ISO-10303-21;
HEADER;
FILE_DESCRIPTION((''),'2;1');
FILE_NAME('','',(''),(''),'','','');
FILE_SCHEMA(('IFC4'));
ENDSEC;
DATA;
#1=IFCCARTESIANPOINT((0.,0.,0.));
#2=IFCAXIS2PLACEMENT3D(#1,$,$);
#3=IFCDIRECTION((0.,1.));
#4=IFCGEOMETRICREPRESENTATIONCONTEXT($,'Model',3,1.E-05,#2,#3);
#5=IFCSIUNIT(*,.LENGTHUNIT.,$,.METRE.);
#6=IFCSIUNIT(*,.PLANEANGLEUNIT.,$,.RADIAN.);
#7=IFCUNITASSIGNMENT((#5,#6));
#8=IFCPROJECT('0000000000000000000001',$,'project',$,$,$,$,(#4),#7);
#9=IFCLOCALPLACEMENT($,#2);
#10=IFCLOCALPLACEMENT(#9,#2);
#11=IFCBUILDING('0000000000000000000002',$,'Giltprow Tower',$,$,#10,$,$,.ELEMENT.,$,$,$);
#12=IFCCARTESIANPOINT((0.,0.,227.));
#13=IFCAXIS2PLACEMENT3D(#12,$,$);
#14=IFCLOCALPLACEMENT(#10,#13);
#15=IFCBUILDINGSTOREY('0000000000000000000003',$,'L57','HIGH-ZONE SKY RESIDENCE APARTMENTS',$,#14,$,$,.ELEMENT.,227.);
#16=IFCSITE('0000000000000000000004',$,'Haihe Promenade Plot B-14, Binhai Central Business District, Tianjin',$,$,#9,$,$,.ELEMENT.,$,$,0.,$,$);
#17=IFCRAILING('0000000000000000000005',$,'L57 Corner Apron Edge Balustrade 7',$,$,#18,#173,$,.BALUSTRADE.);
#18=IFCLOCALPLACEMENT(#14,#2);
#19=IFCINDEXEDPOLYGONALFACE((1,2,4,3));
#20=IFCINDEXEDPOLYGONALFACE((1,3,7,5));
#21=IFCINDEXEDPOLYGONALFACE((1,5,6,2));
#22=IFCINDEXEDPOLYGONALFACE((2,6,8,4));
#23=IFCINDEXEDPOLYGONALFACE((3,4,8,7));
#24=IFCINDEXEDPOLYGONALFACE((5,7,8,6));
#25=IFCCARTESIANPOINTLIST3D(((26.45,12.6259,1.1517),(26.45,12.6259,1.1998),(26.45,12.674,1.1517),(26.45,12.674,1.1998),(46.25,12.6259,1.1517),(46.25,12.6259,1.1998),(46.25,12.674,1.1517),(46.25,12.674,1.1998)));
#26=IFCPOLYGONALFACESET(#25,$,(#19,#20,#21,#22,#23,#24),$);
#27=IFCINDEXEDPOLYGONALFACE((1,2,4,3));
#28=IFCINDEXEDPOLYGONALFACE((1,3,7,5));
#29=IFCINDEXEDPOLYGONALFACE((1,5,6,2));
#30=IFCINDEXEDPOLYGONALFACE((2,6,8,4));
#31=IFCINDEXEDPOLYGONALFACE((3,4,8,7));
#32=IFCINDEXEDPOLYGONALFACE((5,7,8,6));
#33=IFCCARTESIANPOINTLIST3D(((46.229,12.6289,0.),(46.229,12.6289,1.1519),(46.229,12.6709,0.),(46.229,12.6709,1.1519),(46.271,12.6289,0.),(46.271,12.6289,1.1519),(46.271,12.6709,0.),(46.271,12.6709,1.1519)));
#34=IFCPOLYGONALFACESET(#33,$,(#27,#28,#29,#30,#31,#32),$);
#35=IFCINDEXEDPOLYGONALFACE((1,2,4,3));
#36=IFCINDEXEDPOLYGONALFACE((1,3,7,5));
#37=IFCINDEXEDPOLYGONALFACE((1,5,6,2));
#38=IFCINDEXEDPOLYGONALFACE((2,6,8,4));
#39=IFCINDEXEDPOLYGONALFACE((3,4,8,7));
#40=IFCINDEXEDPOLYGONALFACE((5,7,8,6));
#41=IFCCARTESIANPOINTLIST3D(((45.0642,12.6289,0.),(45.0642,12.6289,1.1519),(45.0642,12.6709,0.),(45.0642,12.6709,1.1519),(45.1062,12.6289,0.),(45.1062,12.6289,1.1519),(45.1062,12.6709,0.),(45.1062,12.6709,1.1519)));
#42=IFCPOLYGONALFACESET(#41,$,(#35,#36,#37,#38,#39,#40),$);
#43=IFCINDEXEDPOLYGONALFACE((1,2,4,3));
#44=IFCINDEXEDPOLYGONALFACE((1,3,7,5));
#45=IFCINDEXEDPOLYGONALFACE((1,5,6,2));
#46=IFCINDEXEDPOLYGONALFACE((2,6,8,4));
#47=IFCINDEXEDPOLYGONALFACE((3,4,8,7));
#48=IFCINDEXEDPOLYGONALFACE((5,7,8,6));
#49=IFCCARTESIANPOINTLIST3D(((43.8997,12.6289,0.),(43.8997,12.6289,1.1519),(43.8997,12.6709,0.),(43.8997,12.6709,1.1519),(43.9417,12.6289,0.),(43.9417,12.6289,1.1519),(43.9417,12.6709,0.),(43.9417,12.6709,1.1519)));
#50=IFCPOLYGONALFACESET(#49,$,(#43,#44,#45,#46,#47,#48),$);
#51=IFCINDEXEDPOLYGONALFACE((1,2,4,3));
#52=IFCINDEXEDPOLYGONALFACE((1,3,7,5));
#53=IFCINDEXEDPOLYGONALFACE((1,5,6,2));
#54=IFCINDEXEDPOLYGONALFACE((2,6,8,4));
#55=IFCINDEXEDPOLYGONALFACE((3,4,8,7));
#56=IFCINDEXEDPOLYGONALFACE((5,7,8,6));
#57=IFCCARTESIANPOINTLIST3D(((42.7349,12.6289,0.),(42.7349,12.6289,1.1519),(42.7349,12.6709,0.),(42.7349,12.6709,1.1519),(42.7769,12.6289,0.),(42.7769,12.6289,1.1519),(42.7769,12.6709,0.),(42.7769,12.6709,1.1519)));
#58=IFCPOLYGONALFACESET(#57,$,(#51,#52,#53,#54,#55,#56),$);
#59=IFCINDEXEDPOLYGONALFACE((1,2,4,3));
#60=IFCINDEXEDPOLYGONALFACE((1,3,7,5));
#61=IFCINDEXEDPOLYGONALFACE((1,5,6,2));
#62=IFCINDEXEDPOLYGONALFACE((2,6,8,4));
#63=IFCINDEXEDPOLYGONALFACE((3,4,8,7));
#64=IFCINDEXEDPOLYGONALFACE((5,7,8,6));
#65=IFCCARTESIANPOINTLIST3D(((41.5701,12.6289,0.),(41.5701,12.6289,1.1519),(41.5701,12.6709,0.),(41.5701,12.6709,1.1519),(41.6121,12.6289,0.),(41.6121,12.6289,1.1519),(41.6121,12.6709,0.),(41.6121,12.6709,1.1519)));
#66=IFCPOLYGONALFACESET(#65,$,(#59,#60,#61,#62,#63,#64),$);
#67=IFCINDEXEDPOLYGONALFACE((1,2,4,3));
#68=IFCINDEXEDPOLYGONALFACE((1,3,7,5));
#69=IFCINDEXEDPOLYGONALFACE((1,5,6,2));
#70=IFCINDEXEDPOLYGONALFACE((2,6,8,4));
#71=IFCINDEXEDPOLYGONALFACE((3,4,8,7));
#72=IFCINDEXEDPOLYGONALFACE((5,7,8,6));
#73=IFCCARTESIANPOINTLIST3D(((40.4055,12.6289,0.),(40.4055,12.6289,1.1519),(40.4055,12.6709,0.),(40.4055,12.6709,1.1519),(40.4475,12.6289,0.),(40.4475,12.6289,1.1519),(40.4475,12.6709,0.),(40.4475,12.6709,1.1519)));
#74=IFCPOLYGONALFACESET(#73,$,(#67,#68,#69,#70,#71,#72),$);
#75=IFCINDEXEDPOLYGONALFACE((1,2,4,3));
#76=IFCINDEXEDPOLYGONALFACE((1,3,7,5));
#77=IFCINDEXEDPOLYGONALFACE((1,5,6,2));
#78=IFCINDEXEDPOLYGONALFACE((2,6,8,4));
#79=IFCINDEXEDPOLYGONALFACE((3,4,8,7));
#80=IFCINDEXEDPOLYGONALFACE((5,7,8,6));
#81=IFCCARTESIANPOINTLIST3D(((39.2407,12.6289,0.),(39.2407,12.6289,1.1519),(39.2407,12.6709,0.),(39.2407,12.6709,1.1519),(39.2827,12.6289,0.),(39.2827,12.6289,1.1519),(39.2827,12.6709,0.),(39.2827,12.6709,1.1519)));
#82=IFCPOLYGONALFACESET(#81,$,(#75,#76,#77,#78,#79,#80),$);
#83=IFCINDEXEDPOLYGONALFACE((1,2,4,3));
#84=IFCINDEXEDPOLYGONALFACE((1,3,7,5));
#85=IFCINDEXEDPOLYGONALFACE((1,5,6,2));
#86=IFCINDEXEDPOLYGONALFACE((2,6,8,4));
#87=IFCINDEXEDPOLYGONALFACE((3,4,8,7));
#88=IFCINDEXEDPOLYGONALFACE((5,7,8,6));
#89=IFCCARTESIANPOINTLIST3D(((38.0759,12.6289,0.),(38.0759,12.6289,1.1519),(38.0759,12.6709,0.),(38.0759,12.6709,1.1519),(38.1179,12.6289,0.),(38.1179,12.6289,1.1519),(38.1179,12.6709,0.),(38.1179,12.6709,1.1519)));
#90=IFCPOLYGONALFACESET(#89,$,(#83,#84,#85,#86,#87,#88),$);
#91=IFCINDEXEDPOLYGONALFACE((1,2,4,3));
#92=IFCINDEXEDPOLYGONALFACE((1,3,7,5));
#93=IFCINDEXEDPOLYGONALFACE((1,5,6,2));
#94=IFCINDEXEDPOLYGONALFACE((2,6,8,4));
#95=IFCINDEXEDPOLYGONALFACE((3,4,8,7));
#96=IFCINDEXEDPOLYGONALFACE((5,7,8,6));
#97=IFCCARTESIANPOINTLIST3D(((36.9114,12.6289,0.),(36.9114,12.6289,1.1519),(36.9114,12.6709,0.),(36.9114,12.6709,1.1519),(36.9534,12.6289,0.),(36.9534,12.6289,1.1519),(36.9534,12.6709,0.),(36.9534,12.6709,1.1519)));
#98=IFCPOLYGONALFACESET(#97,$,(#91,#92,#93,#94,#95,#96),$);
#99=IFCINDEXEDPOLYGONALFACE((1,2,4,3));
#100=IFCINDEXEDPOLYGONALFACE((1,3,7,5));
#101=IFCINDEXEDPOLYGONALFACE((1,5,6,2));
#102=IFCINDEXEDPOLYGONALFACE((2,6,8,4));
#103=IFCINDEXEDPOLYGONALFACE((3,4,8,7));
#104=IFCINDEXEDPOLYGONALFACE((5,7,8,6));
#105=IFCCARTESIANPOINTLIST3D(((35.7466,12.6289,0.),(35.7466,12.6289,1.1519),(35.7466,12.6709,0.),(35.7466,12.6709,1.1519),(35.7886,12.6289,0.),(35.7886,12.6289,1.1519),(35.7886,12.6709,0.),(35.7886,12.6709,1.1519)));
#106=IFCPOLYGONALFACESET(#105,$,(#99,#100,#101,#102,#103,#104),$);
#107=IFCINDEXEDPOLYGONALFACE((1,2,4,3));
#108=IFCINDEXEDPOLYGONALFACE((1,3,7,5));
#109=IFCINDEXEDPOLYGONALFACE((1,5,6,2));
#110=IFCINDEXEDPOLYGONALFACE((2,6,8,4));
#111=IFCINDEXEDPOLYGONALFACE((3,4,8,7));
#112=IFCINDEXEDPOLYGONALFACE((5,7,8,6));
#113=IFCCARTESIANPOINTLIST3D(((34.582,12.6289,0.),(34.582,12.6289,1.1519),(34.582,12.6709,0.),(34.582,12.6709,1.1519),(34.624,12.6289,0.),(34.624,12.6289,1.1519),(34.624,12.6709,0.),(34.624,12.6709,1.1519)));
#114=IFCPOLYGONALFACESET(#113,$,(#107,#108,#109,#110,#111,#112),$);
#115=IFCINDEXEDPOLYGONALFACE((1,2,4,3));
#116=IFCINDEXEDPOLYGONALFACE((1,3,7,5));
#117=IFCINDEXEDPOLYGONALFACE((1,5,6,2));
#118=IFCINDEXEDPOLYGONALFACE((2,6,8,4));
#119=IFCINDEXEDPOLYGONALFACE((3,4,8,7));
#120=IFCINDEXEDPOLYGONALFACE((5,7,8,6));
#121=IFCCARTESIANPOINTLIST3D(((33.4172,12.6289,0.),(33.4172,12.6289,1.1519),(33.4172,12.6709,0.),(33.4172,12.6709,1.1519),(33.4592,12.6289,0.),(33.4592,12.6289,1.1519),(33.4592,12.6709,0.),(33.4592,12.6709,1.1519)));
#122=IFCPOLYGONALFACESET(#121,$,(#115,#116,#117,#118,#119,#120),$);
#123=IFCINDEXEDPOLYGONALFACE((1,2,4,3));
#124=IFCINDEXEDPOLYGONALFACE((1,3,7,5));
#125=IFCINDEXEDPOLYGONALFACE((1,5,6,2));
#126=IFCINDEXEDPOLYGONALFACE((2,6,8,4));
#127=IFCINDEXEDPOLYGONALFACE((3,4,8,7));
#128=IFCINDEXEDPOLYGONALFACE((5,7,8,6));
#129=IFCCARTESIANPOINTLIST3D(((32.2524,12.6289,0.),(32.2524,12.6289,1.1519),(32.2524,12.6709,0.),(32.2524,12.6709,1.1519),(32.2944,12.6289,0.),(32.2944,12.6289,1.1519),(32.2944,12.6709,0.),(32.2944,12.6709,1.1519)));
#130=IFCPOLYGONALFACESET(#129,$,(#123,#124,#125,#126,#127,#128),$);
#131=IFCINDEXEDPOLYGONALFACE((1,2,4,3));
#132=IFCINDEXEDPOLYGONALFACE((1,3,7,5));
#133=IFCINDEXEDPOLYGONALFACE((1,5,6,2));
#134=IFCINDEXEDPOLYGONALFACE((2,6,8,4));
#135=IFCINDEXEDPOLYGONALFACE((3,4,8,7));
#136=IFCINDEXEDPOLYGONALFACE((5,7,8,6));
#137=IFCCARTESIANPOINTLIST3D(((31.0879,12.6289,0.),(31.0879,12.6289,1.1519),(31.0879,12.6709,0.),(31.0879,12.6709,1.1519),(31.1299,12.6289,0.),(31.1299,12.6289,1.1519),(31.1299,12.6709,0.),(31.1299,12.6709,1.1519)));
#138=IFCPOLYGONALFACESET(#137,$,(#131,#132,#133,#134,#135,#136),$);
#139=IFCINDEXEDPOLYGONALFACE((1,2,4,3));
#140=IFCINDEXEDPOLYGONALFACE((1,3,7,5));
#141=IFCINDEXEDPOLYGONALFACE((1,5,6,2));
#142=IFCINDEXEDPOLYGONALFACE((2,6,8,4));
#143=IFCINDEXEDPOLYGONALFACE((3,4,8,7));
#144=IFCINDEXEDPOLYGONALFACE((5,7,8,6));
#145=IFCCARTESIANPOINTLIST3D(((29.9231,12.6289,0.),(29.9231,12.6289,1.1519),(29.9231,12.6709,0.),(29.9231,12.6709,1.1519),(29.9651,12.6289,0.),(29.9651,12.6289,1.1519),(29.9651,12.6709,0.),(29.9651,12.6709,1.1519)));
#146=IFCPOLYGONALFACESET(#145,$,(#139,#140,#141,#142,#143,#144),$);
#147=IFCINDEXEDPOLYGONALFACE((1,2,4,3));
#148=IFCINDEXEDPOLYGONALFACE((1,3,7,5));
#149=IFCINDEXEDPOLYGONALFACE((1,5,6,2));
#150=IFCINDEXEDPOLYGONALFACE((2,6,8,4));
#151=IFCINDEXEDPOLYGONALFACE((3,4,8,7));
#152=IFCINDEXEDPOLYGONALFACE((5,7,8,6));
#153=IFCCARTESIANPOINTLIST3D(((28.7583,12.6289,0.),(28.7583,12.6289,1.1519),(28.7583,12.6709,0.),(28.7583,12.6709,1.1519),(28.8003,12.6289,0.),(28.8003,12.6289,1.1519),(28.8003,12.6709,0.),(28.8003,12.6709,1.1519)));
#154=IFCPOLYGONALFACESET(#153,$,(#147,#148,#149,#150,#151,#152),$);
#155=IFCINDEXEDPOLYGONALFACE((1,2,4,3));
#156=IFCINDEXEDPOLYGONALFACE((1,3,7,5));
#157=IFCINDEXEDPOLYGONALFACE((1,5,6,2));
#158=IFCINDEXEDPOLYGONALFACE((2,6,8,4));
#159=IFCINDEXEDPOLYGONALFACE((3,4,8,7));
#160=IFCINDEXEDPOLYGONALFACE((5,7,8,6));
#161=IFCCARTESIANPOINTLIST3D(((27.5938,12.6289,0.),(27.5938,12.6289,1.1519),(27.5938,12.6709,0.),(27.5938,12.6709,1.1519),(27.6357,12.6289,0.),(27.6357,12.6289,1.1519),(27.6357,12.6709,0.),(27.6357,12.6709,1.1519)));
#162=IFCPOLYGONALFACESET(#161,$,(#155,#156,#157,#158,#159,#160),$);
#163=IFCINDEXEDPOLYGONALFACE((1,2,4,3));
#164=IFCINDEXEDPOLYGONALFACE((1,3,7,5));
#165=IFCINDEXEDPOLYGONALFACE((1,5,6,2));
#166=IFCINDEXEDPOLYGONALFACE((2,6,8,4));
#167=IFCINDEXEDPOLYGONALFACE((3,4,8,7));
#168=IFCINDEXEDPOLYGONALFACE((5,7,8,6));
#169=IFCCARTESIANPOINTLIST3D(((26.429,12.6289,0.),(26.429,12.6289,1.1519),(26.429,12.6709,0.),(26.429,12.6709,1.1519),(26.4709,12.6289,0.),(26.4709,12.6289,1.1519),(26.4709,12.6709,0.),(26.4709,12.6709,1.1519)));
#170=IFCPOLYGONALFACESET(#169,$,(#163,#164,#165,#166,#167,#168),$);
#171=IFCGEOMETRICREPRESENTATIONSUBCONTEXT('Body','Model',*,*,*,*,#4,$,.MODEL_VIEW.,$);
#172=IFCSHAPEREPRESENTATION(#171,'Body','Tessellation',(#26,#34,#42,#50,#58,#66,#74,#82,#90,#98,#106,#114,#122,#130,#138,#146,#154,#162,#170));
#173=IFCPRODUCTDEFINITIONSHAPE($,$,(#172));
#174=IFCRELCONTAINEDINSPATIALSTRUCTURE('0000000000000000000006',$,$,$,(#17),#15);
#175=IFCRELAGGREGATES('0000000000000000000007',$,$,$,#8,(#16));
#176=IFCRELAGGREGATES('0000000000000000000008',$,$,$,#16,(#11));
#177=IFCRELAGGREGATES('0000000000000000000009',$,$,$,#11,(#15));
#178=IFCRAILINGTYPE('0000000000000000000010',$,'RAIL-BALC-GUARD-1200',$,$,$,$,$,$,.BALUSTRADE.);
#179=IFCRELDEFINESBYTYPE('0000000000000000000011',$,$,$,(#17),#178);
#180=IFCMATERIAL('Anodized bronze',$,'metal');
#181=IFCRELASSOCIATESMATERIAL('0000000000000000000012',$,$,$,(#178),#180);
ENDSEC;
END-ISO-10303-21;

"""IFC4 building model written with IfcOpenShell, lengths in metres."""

from ifc_helpers import new_model, si_unit, direction, frame, origin, origin_2d, place, context, subcontext, project, spatial, rectangle, extrude, material, type_object, element, save


model = new_model("IFC4")

# Units and contexts
model_context = context("Model", 3, precision=1e-05, world=origin(), true_north=direction((0.0, 1.0)))
body_context = subcontext(model_context, "Body", "Model", "MODEL_VIEW")
ifc_project = project(units=[si_unit("LENGTHUNIT", "METRE"), si_unit("PLANEANGLEUNIT", "RADIAN")], contexts=[model_context])

# Site, building, storey
site_placement = place(None, origin())
site = spatial("IfcSite", under=ifc_project, at=site_placement, Name="Haihe Promenade Plot B-14, Binhai Central Business District, Tianjin", CompositionType="ELEMENT", RefElevation=0.0)
building_placement = place(site_placement, origin())
building = spatial("IfcBuilding", under=site, at=building_placement, Name="Giltprow Tower", CompositionType="ELEMENT")
storey_placement = place(building_placement, frame((0.0, 0.0, 227.0)))
storey = spatial("IfcBuildingStorey", under=building, at=storey_placement, Name="L57", Description="HIGH-ZONE SKY RESIDENCE APARTMENTS", CompositionType="ELEMENT", Elevation=227.0)

# Railing
ifc_material_1 = material(Name="Anodized bronze", Category="metal")
railing_type = type_object("IfcRailingType", Name="RAIL-BALC-GUARD-1200", PredefinedType="BALUSTRADE", material=ifc_material_1)
railing_1_placement = place(storey_placement, frame((46.25, 12.6499, 0.0)))
element("IfcRailing", 1, at=railing_1_placement, inside=storey, type_object=railing_type, Name="L57 Corner Apron Edge Balustrade 7", PredefinedType="BALUSTRADE", context=body_context, shape_type="SweptSolid", body=[
    extrude(rectangle(XDim=0.0481, YDim=0.0481, at=origin_2d()), frame((0.0, 0.0, 1.1758), z_axis=(-1.0, 0.0, 0.0), x_axis=(0.0, -1.0, 0.0)), (0.0, 0.0, 1.0), 19.8),
    extrude(rectangle(XDim=0.042, YDim=0.042, at=origin_2d()), origin(), (0.0, 0.0, 1.0), 1.1519),
    extrude(rectangle(XDim=0.042, YDim=0.042, at=origin_2d()), frame((-1.1648, 0.0, 0.0)), (0.0, 0.0, 1.0), 1.1519),
    extrude(rectangle(XDim=0.042, YDim=0.042, at=origin_2d()), frame((-2.3293, 0.0, 0.0)), (0.0, 0.0, 1.0), 1.1519),
    extrude(rectangle(XDim=0.042, YDim=0.042, at=origin_2d()), frame((-3.4941, 0.0, 0.0)), (0.0, 0.0, 1.0), 1.1519),
    extrude(rectangle(XDim=0.042, YDim=0.042, at=origin_2d()), frame((-4.6589, 0.0, 0.0)), (0.0, 0.0, 1.0), 1.1519),
    extrude(rectangle(XDim=0.042, YDim=0.042, at=origin_2d()), frame((-5.8235, 0.0, 0.0)), (0.0, 0.0, 1.0), 1.1519),
    extrude(rectangle(XDim=0.042, YDim=0.042, at=origin_2d()), frame((-6.9883, 0.0, 0.0)), (0.0, 0.0, 1.0), 1.1519),
    extrude(rectangle(XDim=0.042, YDim=0.042, at=origin_2d()), frame((-8.1531, 0.0, 0.0)), (0.0, 0.0, 1.0), 1.1519),
    extrude(rectangle(XDim=0.042, YDim=0.042, at=origin_2d()), frame((-9.3176, 0.0, 0.0)), (0.0, 0.0, 1.0), 1.1519),
    extrude(rectangle(XDim=0.042, YDim=0.042, at=origin_2d()), frame((-10.4824, 0.0, 0.0)), (0.0, 0.0, 1.0), 1.1519),
    extrude(rectangle(XDim=0.042, YDim=0.042, at=origin_2d()), frame((-11.647, 0.0, 0.0)), (0.0, 0.0, 1.0), 1.1519),
    extrude(rectangle(XDim=0.042, YDim=0.042, at=origin_2d()), frame((-12.8118, 0.0, 0.0)), (0.0, 0.0, 1.0), 1.1519),
    extrude(rectangle(XDim=0.042, YDim=0.042, at=origin_2d()), frame((-13.9766, 0.0, 0.0)), (0.0, 0.0, 1.0), 1.1519),
    extrude(rectangle(XDim=0.042, YDim=0.042, at=origin_2d()), frame((-15.1411, 0.0, 0.0)), (0.0, 0.0, 1.0), 1.1519),
    extrude(rectangle(XDim=0.042, YDim=0.042, at=origin_2d()), frame((-16.3059, 0.0, 0.0)), (0.0, 0.0, 1.0), 1.1519),
    extrude(rectangle(XDim=0.042, YDim=0.042, at=origin_2d()), frame((-17.4707, 0.0, 0.0)), (0.0, 0.0, 1.0), 1.1519),
    extrude(rectangle(XDim=0.042, YDim=0.042, at=origin_2d()), frame((-18.6353, 0.0, 0.0)), (0.0, 0.0, 1.0), 1.1519),
    extrude(rectangle(XDim=0.042, YDim=0.042, at=origin_2d()), frame((-19.8, 0.0, 0.0)), (0.0, 0.0, 1.0), 1.1519),
])

save(model, "model.ifc")
